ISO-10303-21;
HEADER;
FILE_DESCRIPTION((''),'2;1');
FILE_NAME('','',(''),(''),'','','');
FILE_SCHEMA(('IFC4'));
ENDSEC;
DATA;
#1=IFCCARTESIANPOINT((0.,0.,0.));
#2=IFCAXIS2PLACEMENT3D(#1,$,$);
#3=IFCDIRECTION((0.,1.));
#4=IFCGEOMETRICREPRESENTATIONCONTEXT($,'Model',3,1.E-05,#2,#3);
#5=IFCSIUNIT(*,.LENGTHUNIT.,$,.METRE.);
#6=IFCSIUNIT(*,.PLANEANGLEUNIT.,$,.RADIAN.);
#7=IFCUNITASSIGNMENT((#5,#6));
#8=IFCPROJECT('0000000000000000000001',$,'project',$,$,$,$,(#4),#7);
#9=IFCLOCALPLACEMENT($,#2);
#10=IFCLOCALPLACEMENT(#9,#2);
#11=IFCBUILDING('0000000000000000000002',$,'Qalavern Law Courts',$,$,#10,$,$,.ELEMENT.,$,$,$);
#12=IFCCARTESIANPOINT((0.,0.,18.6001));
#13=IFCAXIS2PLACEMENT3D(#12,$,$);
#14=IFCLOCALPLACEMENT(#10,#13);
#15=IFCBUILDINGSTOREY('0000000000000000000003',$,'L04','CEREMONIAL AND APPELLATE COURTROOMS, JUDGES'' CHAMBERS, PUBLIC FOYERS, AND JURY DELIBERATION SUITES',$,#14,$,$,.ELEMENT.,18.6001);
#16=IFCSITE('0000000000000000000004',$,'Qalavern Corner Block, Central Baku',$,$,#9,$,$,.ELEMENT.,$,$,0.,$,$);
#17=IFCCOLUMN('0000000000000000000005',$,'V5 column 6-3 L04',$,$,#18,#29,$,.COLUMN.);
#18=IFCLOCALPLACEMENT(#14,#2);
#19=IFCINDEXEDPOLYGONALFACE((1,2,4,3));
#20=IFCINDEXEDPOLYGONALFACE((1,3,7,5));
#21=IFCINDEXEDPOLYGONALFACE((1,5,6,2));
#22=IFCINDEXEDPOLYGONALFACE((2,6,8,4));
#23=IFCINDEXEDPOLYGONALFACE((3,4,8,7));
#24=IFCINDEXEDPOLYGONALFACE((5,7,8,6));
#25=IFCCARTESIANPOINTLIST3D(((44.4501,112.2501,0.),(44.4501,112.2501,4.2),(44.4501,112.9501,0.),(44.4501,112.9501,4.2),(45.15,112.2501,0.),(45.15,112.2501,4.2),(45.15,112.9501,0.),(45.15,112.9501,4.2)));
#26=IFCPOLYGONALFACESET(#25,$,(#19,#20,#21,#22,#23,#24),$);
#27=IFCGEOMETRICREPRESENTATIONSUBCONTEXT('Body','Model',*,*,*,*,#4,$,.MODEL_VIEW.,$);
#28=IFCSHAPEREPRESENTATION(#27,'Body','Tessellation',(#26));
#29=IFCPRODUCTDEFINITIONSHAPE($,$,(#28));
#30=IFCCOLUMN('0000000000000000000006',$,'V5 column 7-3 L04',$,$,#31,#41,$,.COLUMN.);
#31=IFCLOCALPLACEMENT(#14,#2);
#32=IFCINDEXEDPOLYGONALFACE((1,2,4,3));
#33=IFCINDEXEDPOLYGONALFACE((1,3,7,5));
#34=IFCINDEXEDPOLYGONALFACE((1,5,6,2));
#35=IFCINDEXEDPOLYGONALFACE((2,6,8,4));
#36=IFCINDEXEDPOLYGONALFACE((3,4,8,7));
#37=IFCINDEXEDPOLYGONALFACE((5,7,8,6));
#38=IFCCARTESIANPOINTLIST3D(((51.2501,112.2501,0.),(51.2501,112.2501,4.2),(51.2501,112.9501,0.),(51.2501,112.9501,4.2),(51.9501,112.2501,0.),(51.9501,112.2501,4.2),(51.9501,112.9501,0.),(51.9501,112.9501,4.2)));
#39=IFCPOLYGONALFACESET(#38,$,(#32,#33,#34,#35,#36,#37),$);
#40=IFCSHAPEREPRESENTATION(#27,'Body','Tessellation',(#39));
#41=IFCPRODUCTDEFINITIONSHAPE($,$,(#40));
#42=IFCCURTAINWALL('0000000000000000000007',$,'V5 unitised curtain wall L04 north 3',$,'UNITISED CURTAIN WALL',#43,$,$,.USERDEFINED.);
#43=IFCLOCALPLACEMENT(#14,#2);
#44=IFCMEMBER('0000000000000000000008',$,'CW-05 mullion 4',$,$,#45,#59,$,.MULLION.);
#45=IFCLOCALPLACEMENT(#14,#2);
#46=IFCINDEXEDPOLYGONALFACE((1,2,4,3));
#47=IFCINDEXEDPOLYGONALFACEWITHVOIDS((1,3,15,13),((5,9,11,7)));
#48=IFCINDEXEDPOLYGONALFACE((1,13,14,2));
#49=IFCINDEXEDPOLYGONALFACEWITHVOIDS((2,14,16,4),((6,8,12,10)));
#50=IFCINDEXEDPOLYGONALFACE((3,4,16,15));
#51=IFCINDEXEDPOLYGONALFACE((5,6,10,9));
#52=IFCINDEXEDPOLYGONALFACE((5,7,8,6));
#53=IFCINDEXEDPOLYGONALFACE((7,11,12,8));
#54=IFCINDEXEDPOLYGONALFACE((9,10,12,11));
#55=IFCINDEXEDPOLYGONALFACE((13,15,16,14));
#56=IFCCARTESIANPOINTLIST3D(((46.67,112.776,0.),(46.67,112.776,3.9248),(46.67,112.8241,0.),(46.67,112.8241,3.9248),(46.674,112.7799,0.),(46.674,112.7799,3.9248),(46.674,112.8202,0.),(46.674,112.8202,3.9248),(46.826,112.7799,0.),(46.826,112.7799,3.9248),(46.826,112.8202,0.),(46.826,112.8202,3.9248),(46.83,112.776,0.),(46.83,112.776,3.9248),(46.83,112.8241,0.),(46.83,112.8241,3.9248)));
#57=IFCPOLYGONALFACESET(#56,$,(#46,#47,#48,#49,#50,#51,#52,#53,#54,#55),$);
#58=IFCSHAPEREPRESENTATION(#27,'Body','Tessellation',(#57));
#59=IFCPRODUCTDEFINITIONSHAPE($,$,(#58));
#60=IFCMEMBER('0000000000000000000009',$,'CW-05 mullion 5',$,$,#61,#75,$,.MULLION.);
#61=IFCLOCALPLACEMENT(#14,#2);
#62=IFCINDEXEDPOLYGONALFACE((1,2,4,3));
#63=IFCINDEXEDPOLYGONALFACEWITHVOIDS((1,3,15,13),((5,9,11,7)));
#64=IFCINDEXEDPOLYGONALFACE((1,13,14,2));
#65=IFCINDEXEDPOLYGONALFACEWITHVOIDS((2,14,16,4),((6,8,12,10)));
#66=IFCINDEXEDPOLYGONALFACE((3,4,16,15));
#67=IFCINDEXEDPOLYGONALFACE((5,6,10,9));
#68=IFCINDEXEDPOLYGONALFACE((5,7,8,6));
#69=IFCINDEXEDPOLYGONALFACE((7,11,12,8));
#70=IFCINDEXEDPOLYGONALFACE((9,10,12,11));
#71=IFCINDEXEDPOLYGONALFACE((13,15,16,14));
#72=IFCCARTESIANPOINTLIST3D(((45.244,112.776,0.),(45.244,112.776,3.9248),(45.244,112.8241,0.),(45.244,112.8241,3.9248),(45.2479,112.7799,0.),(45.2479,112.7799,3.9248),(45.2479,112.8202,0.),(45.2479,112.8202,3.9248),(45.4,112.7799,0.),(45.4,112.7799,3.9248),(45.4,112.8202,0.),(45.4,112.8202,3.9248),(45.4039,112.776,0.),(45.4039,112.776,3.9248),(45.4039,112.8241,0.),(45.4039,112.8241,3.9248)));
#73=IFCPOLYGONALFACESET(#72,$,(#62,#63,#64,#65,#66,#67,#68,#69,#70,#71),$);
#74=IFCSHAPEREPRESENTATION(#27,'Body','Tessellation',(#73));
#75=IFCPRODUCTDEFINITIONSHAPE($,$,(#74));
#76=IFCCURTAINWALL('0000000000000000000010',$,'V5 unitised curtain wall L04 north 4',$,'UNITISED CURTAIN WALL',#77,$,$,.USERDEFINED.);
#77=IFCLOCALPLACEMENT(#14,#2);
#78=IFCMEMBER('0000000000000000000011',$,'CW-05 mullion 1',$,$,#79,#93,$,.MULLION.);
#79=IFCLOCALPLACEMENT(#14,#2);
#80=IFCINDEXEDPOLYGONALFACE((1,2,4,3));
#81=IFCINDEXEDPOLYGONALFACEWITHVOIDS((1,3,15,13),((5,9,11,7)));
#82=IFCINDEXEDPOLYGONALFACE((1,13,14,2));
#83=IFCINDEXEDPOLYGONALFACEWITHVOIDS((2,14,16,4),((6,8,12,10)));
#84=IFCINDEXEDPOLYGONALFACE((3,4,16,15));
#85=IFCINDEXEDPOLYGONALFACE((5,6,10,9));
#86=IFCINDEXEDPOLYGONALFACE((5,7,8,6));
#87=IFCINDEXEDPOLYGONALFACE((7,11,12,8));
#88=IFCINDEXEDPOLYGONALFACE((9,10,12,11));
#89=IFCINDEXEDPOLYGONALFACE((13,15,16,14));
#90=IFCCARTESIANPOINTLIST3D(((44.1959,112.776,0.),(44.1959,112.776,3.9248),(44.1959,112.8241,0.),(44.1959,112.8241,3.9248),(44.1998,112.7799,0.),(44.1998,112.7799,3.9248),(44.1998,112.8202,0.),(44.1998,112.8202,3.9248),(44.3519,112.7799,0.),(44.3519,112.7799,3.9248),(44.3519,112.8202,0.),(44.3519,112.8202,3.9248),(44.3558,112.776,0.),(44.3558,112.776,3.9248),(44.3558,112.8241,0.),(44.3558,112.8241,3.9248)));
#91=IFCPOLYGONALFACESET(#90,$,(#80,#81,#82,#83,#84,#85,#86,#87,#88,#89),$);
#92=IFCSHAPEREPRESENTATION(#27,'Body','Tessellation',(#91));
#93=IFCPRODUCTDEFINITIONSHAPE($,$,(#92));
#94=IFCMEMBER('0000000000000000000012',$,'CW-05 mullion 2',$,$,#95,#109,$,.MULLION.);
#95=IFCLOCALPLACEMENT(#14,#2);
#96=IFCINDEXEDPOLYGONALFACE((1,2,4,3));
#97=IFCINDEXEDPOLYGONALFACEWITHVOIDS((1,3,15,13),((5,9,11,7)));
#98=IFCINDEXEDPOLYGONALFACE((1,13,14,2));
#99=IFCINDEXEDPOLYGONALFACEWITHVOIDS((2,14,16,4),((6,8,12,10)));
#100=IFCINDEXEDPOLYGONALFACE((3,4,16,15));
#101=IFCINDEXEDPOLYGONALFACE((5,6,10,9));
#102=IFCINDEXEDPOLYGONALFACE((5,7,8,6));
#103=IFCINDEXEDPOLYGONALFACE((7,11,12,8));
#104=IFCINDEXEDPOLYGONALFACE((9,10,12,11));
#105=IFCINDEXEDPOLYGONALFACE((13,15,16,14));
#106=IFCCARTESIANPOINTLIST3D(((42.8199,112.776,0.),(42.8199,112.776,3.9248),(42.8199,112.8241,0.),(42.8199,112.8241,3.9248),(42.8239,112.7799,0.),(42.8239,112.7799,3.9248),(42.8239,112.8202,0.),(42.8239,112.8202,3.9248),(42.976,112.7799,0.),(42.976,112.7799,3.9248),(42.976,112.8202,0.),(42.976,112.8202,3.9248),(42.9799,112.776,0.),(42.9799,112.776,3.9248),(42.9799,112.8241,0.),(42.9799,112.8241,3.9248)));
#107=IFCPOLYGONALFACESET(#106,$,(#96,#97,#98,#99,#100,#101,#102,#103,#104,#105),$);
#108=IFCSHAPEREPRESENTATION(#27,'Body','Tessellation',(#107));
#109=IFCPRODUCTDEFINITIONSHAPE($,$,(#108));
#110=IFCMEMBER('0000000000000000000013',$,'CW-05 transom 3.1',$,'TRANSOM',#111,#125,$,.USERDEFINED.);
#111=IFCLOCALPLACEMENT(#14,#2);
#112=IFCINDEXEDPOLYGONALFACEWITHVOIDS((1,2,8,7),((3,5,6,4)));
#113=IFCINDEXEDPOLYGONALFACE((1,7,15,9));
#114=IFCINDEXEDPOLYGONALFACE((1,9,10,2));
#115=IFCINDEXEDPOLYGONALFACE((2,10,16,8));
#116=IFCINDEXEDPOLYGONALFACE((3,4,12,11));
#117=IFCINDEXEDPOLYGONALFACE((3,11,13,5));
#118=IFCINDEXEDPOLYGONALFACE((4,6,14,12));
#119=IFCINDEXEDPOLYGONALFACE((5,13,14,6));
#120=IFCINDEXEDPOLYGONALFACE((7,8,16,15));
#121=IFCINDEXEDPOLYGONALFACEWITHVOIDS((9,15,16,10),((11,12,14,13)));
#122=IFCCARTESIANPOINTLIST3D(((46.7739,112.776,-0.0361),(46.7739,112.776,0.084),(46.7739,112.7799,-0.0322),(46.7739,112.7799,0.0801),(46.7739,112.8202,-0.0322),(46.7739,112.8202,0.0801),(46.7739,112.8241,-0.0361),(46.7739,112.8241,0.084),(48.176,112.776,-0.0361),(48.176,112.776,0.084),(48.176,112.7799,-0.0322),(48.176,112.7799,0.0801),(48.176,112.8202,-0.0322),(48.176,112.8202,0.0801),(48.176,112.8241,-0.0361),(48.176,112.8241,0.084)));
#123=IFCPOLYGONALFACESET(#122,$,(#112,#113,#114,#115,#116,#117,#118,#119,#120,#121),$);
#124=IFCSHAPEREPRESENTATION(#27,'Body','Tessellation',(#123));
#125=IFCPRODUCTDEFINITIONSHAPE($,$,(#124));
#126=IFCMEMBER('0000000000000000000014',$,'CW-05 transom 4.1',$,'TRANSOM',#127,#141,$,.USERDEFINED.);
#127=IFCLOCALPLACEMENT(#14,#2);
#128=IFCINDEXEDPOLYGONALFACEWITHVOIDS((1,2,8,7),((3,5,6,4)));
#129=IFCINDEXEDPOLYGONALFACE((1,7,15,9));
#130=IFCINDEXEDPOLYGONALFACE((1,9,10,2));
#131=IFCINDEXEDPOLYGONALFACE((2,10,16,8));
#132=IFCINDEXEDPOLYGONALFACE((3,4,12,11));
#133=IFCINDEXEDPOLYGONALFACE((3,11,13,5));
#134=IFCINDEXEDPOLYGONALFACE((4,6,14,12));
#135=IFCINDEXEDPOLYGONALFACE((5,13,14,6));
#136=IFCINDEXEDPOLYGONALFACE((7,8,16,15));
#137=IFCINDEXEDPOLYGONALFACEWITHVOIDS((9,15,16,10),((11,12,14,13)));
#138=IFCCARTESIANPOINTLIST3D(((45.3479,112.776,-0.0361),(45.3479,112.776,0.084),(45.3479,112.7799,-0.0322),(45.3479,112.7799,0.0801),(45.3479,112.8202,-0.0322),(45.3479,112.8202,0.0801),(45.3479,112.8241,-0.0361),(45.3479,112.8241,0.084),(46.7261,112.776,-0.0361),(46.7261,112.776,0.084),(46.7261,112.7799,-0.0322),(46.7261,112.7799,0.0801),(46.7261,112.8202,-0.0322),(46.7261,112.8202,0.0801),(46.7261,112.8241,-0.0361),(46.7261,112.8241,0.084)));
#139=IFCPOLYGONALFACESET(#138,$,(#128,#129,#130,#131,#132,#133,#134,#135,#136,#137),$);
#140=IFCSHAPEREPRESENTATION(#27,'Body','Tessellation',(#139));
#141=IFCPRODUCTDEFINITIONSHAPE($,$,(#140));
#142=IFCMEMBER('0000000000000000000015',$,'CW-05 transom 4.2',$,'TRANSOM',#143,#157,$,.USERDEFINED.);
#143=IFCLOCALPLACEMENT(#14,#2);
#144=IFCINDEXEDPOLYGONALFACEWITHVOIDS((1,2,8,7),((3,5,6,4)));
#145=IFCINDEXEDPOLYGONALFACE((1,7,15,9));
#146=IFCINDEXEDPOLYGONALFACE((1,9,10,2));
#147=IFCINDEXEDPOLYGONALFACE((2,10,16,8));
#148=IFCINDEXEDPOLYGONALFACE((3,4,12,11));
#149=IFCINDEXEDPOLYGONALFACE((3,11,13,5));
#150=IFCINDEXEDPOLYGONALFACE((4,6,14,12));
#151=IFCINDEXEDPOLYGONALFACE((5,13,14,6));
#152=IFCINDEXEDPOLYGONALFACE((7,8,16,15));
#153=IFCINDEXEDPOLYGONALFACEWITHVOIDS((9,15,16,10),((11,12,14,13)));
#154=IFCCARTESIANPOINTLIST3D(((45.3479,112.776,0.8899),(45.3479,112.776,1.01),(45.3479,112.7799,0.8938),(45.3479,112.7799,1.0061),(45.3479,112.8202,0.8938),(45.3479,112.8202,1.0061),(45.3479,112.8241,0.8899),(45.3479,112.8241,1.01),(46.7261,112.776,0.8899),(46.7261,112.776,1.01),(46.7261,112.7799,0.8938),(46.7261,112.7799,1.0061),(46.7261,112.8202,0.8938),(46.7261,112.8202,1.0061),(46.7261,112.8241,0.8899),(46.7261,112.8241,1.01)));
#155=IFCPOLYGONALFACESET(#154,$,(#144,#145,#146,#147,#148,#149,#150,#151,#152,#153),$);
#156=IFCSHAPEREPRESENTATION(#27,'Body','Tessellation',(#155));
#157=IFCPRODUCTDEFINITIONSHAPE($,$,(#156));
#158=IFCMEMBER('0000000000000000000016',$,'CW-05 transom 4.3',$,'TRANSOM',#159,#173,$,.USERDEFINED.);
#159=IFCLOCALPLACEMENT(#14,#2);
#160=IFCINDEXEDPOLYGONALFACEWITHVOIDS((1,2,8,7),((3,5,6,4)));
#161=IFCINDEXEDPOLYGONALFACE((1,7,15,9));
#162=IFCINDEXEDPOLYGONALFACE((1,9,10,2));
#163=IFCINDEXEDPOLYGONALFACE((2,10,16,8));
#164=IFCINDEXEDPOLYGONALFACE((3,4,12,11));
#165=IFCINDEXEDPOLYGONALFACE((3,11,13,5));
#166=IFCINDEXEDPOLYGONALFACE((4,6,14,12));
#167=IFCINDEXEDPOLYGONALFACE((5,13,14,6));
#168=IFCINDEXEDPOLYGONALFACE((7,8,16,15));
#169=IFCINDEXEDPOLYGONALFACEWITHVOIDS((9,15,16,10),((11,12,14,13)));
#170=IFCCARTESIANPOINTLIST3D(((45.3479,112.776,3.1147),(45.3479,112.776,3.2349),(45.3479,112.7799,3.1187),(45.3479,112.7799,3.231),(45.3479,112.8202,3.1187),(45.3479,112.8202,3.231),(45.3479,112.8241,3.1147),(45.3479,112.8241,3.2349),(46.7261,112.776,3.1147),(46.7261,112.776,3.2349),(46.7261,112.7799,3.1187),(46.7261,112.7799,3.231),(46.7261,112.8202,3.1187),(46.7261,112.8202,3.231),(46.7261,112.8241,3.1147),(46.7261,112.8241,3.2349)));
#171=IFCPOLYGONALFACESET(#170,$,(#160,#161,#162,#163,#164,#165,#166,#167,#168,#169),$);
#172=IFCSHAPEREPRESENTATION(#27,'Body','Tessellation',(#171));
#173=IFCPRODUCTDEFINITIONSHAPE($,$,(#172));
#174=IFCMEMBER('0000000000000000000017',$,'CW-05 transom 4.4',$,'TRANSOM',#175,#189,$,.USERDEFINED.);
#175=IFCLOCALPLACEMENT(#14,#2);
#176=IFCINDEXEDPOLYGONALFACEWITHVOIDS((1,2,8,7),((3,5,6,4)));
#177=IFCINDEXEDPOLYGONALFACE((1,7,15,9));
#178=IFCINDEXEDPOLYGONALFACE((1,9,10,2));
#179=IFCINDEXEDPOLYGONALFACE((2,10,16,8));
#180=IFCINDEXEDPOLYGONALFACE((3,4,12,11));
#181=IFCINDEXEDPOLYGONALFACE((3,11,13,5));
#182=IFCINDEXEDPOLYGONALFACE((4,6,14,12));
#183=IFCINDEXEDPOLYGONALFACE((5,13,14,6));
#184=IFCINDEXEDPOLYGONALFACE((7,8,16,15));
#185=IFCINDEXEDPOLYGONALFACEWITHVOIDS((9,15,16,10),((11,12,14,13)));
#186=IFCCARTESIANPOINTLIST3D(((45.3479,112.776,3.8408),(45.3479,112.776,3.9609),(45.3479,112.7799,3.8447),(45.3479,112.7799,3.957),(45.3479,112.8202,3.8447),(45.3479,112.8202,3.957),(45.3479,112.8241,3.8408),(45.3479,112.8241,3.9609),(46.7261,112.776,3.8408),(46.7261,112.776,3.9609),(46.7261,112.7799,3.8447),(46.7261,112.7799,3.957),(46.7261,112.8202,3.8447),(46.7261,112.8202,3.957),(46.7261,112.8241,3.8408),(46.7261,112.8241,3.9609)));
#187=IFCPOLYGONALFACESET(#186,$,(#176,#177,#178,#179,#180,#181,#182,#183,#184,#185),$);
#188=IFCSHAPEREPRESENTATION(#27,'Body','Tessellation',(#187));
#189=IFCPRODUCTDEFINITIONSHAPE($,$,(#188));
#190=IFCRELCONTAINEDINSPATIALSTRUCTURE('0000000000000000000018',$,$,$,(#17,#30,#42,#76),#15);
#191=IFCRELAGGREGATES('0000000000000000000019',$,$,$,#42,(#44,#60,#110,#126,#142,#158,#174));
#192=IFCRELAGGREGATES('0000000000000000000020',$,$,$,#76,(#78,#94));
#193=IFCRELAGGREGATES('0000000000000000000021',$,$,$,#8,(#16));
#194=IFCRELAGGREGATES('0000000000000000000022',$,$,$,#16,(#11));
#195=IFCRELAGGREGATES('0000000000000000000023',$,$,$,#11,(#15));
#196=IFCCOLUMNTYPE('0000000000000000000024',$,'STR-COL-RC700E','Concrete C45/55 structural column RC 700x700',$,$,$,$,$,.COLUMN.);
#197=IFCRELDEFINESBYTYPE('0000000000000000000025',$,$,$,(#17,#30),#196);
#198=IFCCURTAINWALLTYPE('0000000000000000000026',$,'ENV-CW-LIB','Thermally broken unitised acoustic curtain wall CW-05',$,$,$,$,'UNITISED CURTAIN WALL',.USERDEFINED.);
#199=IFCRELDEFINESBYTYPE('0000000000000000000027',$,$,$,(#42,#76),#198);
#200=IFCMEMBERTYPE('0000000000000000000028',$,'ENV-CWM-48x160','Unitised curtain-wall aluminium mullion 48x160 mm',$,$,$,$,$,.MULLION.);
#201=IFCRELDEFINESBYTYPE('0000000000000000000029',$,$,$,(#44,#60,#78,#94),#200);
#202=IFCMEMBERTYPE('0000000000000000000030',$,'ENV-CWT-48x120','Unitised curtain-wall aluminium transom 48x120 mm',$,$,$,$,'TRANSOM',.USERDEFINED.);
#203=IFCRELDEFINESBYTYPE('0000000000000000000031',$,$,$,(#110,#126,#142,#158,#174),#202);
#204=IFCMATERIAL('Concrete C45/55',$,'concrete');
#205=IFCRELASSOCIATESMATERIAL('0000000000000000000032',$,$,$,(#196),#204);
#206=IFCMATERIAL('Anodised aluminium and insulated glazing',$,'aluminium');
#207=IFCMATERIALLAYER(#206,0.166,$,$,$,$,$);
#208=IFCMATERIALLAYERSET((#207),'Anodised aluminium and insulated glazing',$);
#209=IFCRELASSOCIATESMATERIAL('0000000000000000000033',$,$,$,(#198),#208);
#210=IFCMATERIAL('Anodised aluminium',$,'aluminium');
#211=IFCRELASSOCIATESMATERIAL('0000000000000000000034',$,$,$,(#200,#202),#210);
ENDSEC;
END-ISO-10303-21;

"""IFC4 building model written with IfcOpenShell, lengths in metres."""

from ifc_helpers import new_model, si_unit, direction, frame, origin, origin_2d, place, context, subcontext, project, spatial, rectangle, hollow_rectangle, extrude, material, layer, layer_set, material_profile, profile_set, type_object, element, aggregate, save


model = new_model("IFC4")

# Units and contexts
model_context = context("Model", 3, precision=1e-05, world=origin(), true_north=direction((0.0, 1.0)))
body_context = subcontext(model_context, "Body", "Model", "MODEL_VIEW")
ifc_project = project(units=[si_unit("LENGTHUNIT", "METRE"), si_unit("PLANEANGLEUNIT", "RADIAN")], contexts=[model_context])

# Site, building, storey
site_placement = place(None, origin())
site = spatial("IfcSite", under=ifc_project, at=site_placement, Name="Qalavern Corner Block, Central Baku", CompositionType="ELEMENT", RefElevation=0.0)
building_placement = place(site_placement, origin())
building = spatial("IfcBuilding", under=site, at=building_placement, Name="Qalavern Law Courts", CompositionType="ELEMENT")
storey_placement = place(building_placement, frame((0.0, 0.0, 18.6001)))
storey = spatial("IfcBuildingStorey", under=building, at=storey_placement, Name="L04", Description="CEREMONIAL AND APPELLATE COURTROOMS, JUDGES' CHAMBERS, PUBLIC FOYERS, AND JURY DELIBERATION SUITES", CompositionType="ELEMENT", Elevation=18.6001)

# Columns
ifc_material_1 = material(Name="Concrete C45/55", Category="concrete")
ifc_material_profile_1 = material_profile(ifc_material_1, rectangle(XDim=0.7, YDim=0.7, at=origin_2d()), Name="RC 700x700")
ifc_profile_set_1 = profile_set([ifc_material_profile_1], Name="Concrete C45/55")
column_type = type_object("IfcColumnType", Name="STR-COL-RC700E", Description="Concrete C45/55 structural column RC 700x700", PredefinedType="COLUMN", material=ifc_profile_set_1)
for number, where, z_axis, x_axis, name in (
    (1, (44.8, 112.6001, 0.0), (0.0, 0.0, 1.0), (1.0, 0.0, 0.0), "V5 column 6-3 L04"),
    (2, (51.6001, 112.6001, 0.0), (0.0, 0.0, 1.0), (1.0, 0.0, 0.0), "V5 column 7-3 L04"),
):
    element("IfcColumn", number, at=place(storey_placement, frame(where, z_axis=z_axis, x_axis=x_axis)), inside=storey, type_object=column_type, Name=name, PredefinedType="COLUMN", context=body_context, shape_type="SweptSolid", body=[
        extrude(rectangle(XDim=0.7, YDim=0.7, at=origin_2d()), origin(), (0.0, 0.0, 1.0), 4.2),
    ])

# Curtain walls, members
ifc_material_2 = material(Name="Anodised aluminium and insulated glazing", Category="aluminium")
ifc_layer_1 = layer(ifc_material_2, 0.166)
ifc_layer_set_1 = layer_set([ifc_layer_1], Name="Anodised aluminium and insulated glazing")
curtain_wall_type = type_object("IfcCurtainWallType", Name="ENV-CW-LIB", Description="Thermally broken unitised acoustic curtain wall CW-05", ElementType="UNITISED CURTAIN WALL", PredefinedType="USERDEFINED", material=ifc_layer_set_1)
curtain_wall_1_placement = place(storey_placement, origin())
curtain_wall_1 = element("IfcCurtainWall", 3, at=curtain_wall_1_placement, inside=storey, type_object=curtain_wall_type, Name="V5 unitised curtain wall L04 north 3", ObjectType="UNITISED CURTAIN WALL", PredefinedType="USERDEFINED")
ifc_material_3 = material(Name="Anodised aluminium", Category="aluminium")
ifc_material_profile_2 = material_profile(ifc_material_3, hollow_rectangle(XDim=0.0481, YDim=0.1599, WallThickness=0.0039, at=origin_2d()), Name="ALU MULLION 48x160")
ifc_profile_set_2 = profile_set([ifc_material_profile_2], Name="Anodised aluminium")
member_type_1 = type_object("IfcMemberType", Name="ENV-CWM-48x160", Description="Unitised curtain-wall aluminium mullion 48x160 mm", PredefinedType="MULLION", material=ifc_profile_set_2)
member_1_placement = place(storey_placement, frame((46.75, 112.8, 0.0), z_axis=(0.0, 0.0, 1.0), x_axis=(0.0, -1.0, 0.0)))
member_1 = element("IfcMember", 4, at=member_1_placement, type_object=member_type_1, Name="CW-05 mullion 4", PredefinedType="MULLION", context=body_context, shape_type="SweptSolid", body=[
    extrude(hollow_rectangle(XDim=0.0481, YDim=0.1599, WallThickness=0.0039, at=origin_2d()), origin(), (0.0, 0.0, 1.0), 3.9248),
])
member_2_placement = place(storey_placement, frame((45.324, 112.8, 0.0), z_axis=(0.0, 0.0, 1.0), x_axis=(0.0, -1.0, 0.0)))
member_2 = element("IfcMember", 5, at=member_2_placement, type_object=member_type_1, Name="CW-05 mullion 5", PredefinedType="MULLION", context=body_context, shape_type="SweptSolid", body=[
    extrude(hollow_rectangle(XDim=0.0481, YDim=0.1599, WallThickness=0.0039, at=origin_2d()), origin(), (0.0, 0.0, 1.0), 3.9248),
])
curtain_wall_2_placement = place(storey_placement, origin())
curtain_wall_2 = element("IfcCurtainWall", 6, at=curtain_wall_2_placement, inside=storey, type_object=curtain_wall_type, Name="V5 unitised curtain wall L04 north 4", ObjectType="UNITISED CURTAIN WALL", PredefinedType="USERDEFINED")
member_3_placement = place(storey_placement, frame((44.2759, 112.8, 0.0), z_axis=(0.0, 0.0, 1.0), x_axis=(0.0, -1.0, 0.0)))
member_3 = element("IfcMember", 7, at=member_3_placement, type_object=member_type_1, Name="CW-05 mullion 1", PredefinedType="MULLION", context=body_context, shape_type="SweptSolid", body=[
    extrude(hollow_rectangle(XDim=0.0481, YDim=0.1599, WallThickness=0.0039, at=origin_2d()), origin(), (0.0, 0.0, 1.0), 3.9248),
])
member_4_placement = place(storey_placement, frame((42.8999, 112.8, 0.0), z_axis=(0.0, 0.0, 1.0), x_axis=(0.0, -1.0, 0.0)))
member_4 = element("IfcMember", 8, at=member_4_placement, type_object=member_type_1, Name="CW-05 mullion 2", PredefinedType="MULLION", context=body_context, shape_type="SweptSolid", body=[
    extrude(hollow_rectangle(XDim=0.0481, YDim=0.1599, WallThickness=0.0039, at=origin_2d()), origin(), (0.0, 0.0, 1.0), 3.9248),
])

# Members
ifc_material_profile_3 = material_profile(ifc_material_3, hollow_rectangle(XDim=0.0481, YDim=0.1201, WallThickness=0.0039, at=origin_2d()), Name="ALU TRANSOM 48x120")
ifc_profile_set_3 = profile_set([ifc_material_profile_3], Name="Anodised aluminium")
member_type_2 = type_object("IfcMemberType", Name="ENV-CWT-48x120", Description="Unitised curtain-wall aluminium transom 48x120 mm", ElementType="TRANSOM", PredefinedType="USERDEFINED", material=ifc_profile_set_3)
member_5_placement = place(storey_placement, frame((48.176, 112.8, 0.0239), z_axis=(-1.0, 0.0, 0.0), x_axis=(0.0, -1.0, 0.0)))
member_5 = element("IfcMember", 9, at=member_5_placement, type_object=member_type_2, Name="CW-05 transom 3.1", ObjectType="TRANSOM", PredefinedType="USERDEFINED", context=body_context, shape_type="SweptSolid", body=[
    extrude(hollow_rectangle(XDim=0.0481, YDim=0.1201, WallThickness=0.0039, at=origin_2d()), origin(), (0.0, 0.0, 1.0), 1.4021),
])
member_6_placement = place(storey_placement, frame((46.7261, 112.8, 0.0239), z_axis=(-1.0, 0.0, 0.0), x_axis=(0.0, -1.0, 0.0)))
member_6 = element("IfcMember", 10, at=member_6_placement, type_object=member_type_2, Name="CW-05 transom 4.1", ObjectType="TRANSOM", PredefinedType="USERDEFINED", context=body_context, shape_type="SweptSolid", body=[
    extrude(hollow_rectangle(XDim=0.0481, YDim=0.1201, WallThickness=0.0039, at=origin_2d()), origin(), (0.0, 0.0, 1.0), 1.3782),
])
member_7_placement = place(storey_placement, frame((46.7261, 112.8, 0.95), z_axis=(-1.0, 0.0, 0.0), x_axis=(0.0, -1.0, 0.0)))
member_7 = element("IfcMember", 11, at=member_7_placement, type_object=member_type_2, Name="CW-05 transom 4.2", ObjectType="TRANSOM", PredefinedType="USERDEFINED", context=body_context, shape_type="SweptSolid", body=[
    extrude(hollow_rectangle(XDim=0.0481, YDim=0.1201, WallThickness=0.0039, at=origin_2d()), origin(), (0.0, 0.0, 1.0), 1.3782),
])
member_8_placement = place(storey_placement, frame((46.7261, 112.8, 3.1748), z_axis=(-1.0, 0.0, 0.0), x_axis=(0.0, -1.0, 0.0)))
member_8 = element("IfcMember", 12, at=member_8_placement, type_object=member_type_2, Name="CW-05 transom 4.3", ObjectType="TRANSOM", PredefinedType="USERDEFINED", context=body_context, shape_type="SweptSolid", body=[
    extrude(hollow_rectangle(XDim=0.0481, YDim=0.1201, WallThickness=0.0039, at=origin_2d()), origin(), (0.0, 0.0, 1.0), 1.3782),
])
member_9_placement = place(storey_placement, frame((46.7261, 112.8, 3.9009), z_axis=(-1.0, 0.0, 0.0), x_axis=(0.0, -1.0, 0.0)))
member_9 = element("IfcMember", 13, at=member_9_placement, type_object=member_type_2, Name="CW-05 transom 4.4", ObjectType="TRANSOM", PredefinedType="USERDEFINED", context=body_context, shape_type="SweptSolid", body=[
    extrude(hollow_rectangle(XDim=0.0481, YDim=0.1201, WallThickness=0.0039, at=origin_2d()), origin(), (0.0, 0.0, 1.0), 1.3782),
])

aggregate(curtain_wall_1, [member_1, member_2, member_5, member_6, member_7, member_8, member_9])
aggregate(curtain_wall_2, [member_3, member_4])

save(model, "model.ifc")
